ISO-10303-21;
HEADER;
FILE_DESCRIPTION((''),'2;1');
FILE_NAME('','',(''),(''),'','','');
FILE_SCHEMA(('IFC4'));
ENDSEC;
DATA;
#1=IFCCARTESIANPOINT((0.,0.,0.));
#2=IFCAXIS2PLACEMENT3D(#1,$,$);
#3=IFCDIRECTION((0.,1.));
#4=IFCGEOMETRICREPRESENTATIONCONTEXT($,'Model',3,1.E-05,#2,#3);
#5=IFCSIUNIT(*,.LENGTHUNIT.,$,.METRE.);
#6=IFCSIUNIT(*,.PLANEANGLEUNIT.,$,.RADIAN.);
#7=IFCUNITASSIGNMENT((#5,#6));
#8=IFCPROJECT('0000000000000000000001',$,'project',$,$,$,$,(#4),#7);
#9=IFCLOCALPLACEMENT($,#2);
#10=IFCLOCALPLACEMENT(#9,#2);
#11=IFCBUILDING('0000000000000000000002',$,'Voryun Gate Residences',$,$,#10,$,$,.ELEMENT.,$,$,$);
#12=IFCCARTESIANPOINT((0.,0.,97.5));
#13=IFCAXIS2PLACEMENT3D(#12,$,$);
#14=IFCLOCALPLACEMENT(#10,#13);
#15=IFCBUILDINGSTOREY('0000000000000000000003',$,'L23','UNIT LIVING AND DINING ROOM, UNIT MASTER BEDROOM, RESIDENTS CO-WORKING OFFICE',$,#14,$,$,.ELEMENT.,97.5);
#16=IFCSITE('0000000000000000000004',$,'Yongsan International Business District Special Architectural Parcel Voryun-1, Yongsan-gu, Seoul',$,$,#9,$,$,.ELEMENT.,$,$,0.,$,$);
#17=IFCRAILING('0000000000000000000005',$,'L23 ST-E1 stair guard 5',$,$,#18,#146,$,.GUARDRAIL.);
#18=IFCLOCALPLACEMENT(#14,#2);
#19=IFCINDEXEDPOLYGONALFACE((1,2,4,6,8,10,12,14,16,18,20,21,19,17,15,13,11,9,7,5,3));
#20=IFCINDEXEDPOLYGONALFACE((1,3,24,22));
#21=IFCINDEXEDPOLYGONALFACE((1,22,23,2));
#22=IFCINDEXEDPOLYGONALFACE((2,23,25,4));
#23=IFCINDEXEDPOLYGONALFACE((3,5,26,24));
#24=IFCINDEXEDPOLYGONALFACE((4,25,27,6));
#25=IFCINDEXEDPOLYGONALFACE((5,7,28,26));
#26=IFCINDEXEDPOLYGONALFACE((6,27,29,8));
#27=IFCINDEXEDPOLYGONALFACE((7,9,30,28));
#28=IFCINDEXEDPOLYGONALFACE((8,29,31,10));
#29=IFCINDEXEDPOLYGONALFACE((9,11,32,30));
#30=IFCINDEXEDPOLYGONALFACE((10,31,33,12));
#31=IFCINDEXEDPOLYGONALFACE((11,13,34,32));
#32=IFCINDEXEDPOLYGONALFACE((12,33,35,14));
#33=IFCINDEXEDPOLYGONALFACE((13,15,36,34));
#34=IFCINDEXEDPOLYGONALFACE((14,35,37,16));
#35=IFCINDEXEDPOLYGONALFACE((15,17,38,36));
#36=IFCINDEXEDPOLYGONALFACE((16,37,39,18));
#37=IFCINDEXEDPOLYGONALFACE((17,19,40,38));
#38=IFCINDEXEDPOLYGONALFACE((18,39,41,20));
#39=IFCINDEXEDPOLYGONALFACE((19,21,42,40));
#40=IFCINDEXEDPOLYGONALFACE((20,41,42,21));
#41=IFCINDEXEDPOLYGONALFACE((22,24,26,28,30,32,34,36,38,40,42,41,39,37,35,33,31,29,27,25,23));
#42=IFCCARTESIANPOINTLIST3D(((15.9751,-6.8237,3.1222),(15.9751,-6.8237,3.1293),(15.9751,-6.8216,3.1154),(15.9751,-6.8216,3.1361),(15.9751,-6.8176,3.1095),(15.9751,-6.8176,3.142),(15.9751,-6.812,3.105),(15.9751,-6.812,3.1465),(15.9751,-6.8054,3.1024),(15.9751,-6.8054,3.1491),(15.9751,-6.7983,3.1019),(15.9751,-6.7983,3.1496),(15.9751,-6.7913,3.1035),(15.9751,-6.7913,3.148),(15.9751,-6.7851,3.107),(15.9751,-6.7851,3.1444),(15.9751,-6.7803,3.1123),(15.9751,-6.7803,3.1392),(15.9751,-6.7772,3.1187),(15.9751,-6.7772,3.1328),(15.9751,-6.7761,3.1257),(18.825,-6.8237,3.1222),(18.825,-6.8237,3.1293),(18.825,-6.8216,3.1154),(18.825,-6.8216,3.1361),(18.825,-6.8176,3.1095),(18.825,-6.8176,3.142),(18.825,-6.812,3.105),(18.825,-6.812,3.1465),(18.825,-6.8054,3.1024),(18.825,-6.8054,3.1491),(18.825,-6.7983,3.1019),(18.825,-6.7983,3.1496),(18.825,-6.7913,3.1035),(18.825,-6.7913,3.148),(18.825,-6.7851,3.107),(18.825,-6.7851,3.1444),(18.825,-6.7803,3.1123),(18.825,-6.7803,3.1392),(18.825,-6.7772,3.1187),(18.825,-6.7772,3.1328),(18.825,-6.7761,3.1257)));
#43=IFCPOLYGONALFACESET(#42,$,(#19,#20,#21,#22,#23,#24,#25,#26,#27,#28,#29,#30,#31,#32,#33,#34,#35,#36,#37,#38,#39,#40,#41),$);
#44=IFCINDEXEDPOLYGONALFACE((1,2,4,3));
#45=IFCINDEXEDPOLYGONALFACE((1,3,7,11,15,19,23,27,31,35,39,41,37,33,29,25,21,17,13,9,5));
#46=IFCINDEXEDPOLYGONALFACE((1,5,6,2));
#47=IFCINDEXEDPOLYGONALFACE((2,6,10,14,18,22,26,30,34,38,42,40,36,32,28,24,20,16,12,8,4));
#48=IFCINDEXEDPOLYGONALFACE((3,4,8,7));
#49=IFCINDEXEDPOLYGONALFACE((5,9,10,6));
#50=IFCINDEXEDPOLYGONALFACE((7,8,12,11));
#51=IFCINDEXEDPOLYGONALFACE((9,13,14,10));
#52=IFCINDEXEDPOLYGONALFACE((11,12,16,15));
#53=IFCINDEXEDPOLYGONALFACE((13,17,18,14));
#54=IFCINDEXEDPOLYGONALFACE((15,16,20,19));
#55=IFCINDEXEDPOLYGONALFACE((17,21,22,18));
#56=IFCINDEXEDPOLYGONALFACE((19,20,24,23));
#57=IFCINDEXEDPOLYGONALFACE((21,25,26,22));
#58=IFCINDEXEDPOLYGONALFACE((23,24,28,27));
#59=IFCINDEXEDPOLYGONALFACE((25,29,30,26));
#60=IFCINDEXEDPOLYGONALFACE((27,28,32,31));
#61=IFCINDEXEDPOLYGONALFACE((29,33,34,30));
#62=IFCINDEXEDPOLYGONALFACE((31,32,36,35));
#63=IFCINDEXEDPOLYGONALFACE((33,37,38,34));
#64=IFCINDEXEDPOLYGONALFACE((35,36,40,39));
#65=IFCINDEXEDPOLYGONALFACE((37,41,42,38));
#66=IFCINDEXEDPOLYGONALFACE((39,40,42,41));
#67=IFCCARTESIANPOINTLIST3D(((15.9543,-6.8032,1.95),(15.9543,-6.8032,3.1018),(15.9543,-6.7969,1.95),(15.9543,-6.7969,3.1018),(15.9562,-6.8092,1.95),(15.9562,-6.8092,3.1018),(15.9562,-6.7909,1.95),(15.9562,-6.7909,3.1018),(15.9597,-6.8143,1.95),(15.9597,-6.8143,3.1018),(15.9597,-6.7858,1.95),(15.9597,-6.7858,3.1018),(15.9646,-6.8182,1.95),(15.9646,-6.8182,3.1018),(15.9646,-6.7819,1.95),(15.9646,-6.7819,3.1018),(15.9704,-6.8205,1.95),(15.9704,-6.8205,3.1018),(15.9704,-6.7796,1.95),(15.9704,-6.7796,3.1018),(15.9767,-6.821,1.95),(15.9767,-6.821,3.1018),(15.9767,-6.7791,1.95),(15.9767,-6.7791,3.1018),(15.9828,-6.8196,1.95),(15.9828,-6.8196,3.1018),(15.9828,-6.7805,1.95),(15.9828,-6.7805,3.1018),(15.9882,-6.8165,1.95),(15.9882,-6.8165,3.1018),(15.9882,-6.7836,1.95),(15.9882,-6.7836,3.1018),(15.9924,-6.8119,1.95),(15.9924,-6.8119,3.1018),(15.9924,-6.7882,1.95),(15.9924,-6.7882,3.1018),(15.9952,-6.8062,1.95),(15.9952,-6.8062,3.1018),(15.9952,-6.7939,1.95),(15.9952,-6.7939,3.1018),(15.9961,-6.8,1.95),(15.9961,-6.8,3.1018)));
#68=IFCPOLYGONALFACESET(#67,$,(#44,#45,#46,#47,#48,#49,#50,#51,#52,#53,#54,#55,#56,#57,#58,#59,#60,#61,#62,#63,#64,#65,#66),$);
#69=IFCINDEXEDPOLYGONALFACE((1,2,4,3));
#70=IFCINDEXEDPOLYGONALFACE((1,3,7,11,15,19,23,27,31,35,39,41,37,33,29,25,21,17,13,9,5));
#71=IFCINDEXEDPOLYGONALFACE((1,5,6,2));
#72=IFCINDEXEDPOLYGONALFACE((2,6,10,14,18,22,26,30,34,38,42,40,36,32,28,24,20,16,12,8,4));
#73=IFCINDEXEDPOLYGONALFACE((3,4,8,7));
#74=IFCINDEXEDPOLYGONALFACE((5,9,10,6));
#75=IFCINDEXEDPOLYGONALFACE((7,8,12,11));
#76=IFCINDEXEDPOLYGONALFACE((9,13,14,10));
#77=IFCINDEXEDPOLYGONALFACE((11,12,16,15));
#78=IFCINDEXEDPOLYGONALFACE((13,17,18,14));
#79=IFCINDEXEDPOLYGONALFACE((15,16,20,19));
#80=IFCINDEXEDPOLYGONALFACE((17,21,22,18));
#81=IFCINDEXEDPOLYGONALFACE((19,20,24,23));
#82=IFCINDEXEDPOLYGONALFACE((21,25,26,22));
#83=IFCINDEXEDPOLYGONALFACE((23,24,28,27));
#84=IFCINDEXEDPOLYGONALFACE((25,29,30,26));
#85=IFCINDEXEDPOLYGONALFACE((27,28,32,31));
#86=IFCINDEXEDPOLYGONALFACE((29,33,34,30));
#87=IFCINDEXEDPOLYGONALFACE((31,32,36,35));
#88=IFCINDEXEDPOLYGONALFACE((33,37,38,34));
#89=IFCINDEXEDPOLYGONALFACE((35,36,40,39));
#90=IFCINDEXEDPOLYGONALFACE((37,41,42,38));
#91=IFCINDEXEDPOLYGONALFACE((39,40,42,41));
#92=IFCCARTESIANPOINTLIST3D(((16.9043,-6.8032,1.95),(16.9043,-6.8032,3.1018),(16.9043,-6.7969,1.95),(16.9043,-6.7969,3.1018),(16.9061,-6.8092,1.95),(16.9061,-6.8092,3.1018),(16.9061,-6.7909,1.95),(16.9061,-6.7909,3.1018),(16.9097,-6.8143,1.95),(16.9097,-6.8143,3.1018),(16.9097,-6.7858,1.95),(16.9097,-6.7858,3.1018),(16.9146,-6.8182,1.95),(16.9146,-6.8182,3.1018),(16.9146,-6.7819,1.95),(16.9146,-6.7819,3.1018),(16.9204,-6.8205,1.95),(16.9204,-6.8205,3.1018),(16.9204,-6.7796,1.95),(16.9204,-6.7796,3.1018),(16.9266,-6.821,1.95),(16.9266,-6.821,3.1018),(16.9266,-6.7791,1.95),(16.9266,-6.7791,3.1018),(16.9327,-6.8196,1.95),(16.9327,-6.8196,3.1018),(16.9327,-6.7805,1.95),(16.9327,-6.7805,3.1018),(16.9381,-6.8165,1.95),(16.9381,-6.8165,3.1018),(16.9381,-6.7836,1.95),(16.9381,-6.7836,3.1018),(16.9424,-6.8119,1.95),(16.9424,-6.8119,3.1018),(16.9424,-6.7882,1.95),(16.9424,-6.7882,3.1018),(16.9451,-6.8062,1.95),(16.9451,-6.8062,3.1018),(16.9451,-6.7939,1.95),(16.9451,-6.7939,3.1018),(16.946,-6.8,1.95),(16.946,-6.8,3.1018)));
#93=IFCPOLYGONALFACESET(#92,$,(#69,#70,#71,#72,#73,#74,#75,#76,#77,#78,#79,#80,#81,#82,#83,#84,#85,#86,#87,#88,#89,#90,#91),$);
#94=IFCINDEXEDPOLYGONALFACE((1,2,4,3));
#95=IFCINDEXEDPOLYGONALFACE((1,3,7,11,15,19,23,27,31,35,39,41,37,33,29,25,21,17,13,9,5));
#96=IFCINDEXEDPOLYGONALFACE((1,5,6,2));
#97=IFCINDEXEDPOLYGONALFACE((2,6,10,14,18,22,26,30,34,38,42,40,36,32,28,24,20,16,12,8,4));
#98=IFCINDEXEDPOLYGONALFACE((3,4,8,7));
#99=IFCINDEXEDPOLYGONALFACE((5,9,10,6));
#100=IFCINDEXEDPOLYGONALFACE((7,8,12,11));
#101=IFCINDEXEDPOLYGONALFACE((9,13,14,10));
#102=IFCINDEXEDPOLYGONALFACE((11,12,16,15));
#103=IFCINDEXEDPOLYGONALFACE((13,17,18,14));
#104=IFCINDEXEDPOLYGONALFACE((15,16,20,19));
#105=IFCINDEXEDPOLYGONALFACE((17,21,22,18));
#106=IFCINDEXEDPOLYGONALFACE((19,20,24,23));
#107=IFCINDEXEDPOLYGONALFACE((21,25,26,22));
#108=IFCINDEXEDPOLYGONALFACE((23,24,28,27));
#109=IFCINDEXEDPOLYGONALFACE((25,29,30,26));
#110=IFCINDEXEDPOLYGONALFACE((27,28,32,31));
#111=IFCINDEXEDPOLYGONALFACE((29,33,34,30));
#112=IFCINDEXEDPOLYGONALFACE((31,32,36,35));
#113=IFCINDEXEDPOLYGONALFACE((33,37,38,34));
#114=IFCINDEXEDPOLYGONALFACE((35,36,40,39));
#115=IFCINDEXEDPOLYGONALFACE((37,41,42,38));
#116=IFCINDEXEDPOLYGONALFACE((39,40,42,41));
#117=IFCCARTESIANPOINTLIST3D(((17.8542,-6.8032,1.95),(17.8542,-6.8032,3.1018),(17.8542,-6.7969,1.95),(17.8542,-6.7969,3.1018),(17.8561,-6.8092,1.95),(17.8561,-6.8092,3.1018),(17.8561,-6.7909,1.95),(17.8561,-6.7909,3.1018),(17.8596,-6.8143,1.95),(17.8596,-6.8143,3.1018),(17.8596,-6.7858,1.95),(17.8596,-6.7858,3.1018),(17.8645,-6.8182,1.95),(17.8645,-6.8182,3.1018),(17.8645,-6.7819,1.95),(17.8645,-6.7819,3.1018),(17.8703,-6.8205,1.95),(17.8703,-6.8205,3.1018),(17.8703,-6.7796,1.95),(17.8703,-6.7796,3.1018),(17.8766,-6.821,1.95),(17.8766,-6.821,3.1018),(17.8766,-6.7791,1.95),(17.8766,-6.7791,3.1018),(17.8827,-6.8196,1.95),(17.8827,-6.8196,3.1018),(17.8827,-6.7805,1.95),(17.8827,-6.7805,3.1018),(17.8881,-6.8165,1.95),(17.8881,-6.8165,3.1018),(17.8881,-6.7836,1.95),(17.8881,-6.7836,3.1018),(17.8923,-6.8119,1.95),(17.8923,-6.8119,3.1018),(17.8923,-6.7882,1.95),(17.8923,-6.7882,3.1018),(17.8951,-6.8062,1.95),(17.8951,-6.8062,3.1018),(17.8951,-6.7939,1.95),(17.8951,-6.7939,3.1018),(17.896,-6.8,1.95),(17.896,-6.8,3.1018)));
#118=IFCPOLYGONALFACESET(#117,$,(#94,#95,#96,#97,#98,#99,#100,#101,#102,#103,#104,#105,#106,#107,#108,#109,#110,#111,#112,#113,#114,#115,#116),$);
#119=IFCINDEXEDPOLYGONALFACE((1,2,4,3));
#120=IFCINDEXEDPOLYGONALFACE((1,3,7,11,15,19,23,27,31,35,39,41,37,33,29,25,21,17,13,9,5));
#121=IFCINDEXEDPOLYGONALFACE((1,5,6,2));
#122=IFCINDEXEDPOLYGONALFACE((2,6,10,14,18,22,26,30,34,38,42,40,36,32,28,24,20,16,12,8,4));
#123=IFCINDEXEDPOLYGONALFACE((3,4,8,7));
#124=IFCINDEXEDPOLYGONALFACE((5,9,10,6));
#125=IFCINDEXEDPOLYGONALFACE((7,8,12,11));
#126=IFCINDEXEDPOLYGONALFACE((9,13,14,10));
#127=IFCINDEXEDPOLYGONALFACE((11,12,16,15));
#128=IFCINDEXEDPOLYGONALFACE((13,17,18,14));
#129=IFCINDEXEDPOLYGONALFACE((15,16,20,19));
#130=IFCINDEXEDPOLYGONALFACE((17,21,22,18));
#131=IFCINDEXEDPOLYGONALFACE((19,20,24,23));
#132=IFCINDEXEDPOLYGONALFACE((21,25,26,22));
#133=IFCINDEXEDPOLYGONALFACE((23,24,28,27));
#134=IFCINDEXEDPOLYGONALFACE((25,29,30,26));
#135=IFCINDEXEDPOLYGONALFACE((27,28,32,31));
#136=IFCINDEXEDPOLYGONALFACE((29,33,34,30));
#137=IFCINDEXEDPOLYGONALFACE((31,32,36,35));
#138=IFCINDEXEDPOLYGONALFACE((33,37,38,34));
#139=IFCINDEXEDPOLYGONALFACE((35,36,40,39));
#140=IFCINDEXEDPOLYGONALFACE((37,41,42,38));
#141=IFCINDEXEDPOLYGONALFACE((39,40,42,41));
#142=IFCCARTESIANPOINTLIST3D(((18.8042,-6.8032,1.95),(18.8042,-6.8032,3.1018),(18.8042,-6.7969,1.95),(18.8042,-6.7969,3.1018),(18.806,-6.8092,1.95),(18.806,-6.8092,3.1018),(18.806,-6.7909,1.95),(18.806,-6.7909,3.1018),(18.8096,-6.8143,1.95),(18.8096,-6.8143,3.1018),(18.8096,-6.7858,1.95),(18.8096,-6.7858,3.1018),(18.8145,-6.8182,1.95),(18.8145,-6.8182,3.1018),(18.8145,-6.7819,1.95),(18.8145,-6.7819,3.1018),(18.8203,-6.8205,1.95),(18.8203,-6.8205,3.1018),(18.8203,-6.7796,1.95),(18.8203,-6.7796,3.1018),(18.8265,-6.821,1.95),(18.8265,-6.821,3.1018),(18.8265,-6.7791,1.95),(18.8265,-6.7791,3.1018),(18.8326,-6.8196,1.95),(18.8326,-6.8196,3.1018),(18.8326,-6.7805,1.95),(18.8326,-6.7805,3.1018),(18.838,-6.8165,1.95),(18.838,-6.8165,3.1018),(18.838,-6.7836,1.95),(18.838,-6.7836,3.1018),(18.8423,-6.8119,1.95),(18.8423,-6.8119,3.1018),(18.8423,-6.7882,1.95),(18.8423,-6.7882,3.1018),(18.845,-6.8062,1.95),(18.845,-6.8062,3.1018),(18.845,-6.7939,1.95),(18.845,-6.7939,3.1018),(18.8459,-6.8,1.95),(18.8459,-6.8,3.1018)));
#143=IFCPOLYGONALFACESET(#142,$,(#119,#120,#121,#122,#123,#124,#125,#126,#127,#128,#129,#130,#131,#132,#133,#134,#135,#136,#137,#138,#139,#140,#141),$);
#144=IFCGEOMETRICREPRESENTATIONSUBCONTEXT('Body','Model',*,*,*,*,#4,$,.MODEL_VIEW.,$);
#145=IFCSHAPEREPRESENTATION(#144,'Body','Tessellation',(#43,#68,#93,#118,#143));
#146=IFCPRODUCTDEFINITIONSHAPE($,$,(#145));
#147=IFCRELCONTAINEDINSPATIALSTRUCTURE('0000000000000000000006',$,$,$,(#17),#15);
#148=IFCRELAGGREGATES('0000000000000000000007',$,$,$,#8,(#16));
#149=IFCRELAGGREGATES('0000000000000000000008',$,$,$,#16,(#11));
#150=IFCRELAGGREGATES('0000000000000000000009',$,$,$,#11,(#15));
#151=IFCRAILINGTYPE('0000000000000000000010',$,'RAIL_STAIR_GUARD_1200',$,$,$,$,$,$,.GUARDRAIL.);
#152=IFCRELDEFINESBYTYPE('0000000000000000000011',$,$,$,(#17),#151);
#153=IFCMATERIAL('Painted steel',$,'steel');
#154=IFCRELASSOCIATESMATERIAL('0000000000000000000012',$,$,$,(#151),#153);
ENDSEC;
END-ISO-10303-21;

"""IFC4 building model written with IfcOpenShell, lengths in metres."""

from ifc_helpers import new_model, si_unit, direction, frame, origin, origin_2d, place, context, subcontext, project, spatial, circle, extrude, material, type_object, element, save


model = new_model("IFC4")

# Units and contexts
model_context = context("Model", 3, precision=1e-05, world=origin(), true_north=direction((0.0, 1.0)))
body_context = subcontext(model_context, "Body", "Model", "MODEL_VIEW")
ifc_project = project(units=[si_unit("LENGTHUNIT", "METRE"), si_unit("PLANEANGLEUNIT", "RADIAN")], contexts=[model_context])

# Site, building, storey
site_placement = place(None, origin())
site = spatial("IfcSite", under=ifc_project, at=site_placement, Name="Yongsan International Business District Special Architectural Parcel Voryun-1, Yongsan-gu, Seoul", CompositionType="ELEMENT", RefElevation=0.0)
building_placement = place(site_placement, origin())
building = spatial("IfcBuilding", under=site, at=building_placement, Name="Voryun Gate Residences", CompositionType="ELEMENT")
storey_placement = place(building_placement, frame((0.0, 0.0, 97.5)))
storey = spatial("IfcBuildingStorey", under=building, at=storey_placement, Name="L23", Description="UNIT LIVING AND DINING ROOM, UNIT MASTER BEDROOM, RESIDENTS CO-WORKING OFFICE", CompositionType="ELEMENT", Elevation=97.5)

# Railing
ifc_material_1 = material(Name="Painted steel", Category="steel")
railing_type_1 = type_object("IfcRailingType", Name="RAIL_STAIR_GUARD_1200", PredefinedType="GUARDRAIL", material=ifc_material_1)
railing_1_placement = place(storey_placement, frame((15.9751, -6.8, 1.95)))
element("IfcRailing", 1, at=railing_1_placement, inside=storey, type_object=railing_type_1, Name="L23 ST-E1 stair guard 5", PredefinedType="GUARDRAIL", context=body_context, shape_type="SweptSolid", body=[
    extrude(circle(Radius=0.0239, at=origin_2d()), frame((0.0, 0.0, 1.1758), z_axis=(1.0, 0.0, 0.0), x_axis=(0.0, 1.0, 0.0)), (0.0, 0.0, 1.0), 2.8499),
    extrude(circle(Radius=0.021, at=origin_2d()), origin(), (0.0, 0.0, 1.0), 1.1519),
    extrude(circle(Radius=0.021, at=origin_2d()), frame((0.95, 0.0, 0.0)), (0.0, 0.0, 1.0), 1.1519),
    extrude(circle(Radius=0.021, at=origin_2d()), frame((1.8999, 0.0, 0.0)), (0.0, 0.0, 1.0), 1.1519),
    extrude(circle(Radius=0.021, at=origin_2d()), frame((2.8499, 0.0, 0.0)), (0.0, 0.0, 1.0), 1.1519),
])

save(model, "model.ifc")
